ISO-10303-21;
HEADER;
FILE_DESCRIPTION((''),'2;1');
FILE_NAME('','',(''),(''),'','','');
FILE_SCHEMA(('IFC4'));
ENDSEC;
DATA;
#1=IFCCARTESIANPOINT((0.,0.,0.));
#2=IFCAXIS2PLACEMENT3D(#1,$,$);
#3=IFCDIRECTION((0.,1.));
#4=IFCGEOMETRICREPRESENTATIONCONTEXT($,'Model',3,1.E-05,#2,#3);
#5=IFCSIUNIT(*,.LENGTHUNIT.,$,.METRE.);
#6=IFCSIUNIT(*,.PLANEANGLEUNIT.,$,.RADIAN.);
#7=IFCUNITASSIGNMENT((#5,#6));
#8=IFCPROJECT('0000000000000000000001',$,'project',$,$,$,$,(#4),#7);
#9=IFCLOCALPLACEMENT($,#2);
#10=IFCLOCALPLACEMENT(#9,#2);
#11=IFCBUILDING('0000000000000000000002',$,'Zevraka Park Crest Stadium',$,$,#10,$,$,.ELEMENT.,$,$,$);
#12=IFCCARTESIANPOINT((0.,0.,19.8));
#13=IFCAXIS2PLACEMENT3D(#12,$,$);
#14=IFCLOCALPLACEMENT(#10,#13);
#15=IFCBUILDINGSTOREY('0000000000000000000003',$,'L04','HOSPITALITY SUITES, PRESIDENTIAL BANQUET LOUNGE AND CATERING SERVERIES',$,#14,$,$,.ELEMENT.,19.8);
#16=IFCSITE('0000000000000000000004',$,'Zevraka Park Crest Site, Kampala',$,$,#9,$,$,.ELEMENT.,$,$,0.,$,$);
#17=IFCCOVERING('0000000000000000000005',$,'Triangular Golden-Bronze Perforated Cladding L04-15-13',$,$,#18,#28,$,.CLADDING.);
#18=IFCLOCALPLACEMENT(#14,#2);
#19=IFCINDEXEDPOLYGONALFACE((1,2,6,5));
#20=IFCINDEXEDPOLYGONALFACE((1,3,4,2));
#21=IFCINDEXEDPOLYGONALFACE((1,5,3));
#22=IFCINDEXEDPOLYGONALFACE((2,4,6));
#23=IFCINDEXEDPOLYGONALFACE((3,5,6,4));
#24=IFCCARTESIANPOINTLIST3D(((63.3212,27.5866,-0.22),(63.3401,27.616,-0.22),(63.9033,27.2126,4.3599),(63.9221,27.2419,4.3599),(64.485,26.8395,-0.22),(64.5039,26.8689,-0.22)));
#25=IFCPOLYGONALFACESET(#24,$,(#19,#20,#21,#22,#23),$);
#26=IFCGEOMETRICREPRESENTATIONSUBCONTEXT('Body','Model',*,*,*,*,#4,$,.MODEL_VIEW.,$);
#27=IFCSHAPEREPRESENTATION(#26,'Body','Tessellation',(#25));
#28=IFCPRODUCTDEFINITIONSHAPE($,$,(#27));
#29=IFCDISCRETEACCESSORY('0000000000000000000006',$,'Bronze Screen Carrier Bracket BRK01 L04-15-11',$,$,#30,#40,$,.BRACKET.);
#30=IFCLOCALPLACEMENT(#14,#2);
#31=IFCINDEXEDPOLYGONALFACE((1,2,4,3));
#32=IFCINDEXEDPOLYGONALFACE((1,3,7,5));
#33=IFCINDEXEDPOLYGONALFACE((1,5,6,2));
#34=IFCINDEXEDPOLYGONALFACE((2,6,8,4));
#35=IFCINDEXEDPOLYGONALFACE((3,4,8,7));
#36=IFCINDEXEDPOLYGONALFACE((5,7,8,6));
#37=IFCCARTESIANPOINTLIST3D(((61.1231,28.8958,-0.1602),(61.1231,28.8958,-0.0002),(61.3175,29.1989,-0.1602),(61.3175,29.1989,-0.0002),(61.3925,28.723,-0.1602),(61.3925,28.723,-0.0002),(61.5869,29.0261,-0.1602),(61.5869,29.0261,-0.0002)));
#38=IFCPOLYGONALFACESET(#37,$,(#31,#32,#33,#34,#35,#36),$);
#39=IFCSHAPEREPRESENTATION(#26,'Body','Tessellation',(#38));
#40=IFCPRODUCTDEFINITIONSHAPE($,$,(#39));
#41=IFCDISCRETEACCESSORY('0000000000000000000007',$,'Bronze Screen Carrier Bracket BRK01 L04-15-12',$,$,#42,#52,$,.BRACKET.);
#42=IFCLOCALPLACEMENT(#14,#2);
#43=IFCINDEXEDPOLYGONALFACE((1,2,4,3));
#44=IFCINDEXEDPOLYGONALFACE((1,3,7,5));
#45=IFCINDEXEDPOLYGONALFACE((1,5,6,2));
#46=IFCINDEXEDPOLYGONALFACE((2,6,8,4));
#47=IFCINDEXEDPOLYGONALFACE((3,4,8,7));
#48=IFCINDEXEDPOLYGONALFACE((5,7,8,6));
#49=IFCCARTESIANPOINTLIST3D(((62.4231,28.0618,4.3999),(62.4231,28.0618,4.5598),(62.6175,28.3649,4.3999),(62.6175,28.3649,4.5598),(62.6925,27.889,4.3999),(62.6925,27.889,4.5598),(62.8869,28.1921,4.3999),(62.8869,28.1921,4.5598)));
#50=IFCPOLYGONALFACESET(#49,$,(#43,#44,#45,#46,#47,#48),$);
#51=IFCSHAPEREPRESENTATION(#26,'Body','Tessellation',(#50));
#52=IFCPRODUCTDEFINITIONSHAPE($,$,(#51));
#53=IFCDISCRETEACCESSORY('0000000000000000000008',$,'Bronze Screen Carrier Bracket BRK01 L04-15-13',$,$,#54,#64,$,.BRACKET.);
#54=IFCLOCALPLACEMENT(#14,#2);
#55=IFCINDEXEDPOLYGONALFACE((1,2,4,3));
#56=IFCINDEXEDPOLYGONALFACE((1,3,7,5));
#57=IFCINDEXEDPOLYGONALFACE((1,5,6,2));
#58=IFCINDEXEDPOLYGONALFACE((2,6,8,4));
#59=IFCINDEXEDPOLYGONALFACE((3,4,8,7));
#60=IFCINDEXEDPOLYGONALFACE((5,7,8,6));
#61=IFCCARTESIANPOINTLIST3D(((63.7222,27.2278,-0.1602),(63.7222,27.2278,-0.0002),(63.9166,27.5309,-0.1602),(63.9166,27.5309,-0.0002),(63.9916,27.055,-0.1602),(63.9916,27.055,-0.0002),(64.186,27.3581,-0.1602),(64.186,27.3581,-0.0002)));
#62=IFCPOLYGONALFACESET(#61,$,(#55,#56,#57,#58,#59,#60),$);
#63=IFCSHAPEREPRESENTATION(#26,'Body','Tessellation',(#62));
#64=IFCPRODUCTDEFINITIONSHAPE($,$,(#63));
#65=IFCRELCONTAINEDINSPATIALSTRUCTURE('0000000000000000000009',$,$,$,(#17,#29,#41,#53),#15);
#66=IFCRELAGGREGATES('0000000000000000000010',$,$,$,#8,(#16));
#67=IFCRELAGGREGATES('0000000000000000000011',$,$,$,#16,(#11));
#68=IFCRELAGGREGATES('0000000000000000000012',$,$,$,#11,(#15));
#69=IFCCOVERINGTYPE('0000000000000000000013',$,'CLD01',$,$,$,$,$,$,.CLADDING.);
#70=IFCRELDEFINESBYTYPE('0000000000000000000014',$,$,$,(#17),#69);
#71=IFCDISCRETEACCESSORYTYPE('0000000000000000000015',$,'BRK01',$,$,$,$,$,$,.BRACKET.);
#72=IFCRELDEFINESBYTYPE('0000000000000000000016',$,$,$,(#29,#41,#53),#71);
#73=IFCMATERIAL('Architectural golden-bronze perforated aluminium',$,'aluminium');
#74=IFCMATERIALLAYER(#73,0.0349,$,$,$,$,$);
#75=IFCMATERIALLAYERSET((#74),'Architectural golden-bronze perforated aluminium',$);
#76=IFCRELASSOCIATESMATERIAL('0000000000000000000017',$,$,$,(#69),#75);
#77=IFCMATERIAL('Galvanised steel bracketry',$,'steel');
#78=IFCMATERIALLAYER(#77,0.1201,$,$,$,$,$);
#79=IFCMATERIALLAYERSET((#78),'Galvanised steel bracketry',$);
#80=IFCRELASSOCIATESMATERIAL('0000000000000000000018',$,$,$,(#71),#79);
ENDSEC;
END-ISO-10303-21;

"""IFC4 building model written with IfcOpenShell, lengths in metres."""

from ifc_helpers import new_model, si_unit, direction, frame, origin, origin_2d, place, context, subcontext, project, spatial, polyline, rectangle, outline, extrude, material, layer, layer_set, type_object, element, save


model = new_model("IFC4")

# Units and contexts
model_context = context("Model", 3, precision=1e-05, world=origin(), true_north=direction((0.0, 1.0)))
body_context = subcontext(model_context, "Body", "Model", "MODEL_VIEW")
ifc_project = project(units=[si_unit("LENGTHUNIT", "METRE"), si_unit("PLANEANGLEUNIT", "RADIAN")], contexts=[model_context])

# Site, building, storey
site_placement = place(None, origin())
site = spatial("IfcSite", under=ifc_project, at=site_placement, Name="Zevraka Park Crest Site, Kampala", CompositionType="ELEMENT", RefElevation=0.0)
building_placement = place(site_placement, origin())
building = spatial("IfcBuilding", under=site, at=building_placement, Name="Zevraka Park Crest Stadium", CompositionType="ELEMENT")
storey_placement = place(building_placement, frame((0.0, 0.0, 19.8)))
storey = spatial("IfcBuildingStorey", under=building, at=storey_placement, Name="L04", Description="HOSPITALITY SUITES, PRESIDENTIAL BANQUET LOUNGE AND CATERING SERVERIES", CompositionType="ELEMENT", Elevation=19.8)

# Covering
ifc_material_1 = material(Name="Architectural golden-bronze perforated aluminium", Category="aluminium")
ifc_layer_1 = layer(ifc_material_1, 0.0349)
ifc_layer_set_1 = layer_set([ifc_layer_1], Name="Architectural golden-bronze perforated aluminium")
covering_type = type_object("IfcCoveringType", Name="CLD01", PredefinedType="CLADDING", material=ifc_layer_set_1)
covering_1_placement = place(storey_placement, frame((63.3401, 27.616, -0.22), z_axis=(0.540195, 0.84154, 0.000075), x_axis=(0.84154, -0.540195, 0.0)))
element("IfcCovering", 1, at=covering_1_placement, inside=storey, type_object=covering_type, Name="Triangular Golden-Bronze Perforated Cladding L04-15-13", PredefinedType="CLADDING", context=body_context, shape_type="SweptSolid", body=[
    extrude(outline(polyline([(0.0, 0.0), (1.383, 0.0), (0.6918, -4.5798), (0.0, 0.0)])), origin(), (0.0, 0.0, -1.0), 0.0349),
])

# Discrete accessories
ifc_material_2 = material(Name="Galvanised steel bracketry", Category="steel")
ifc_layer_2 = layer(ifc_material_2, 0.1201)
ifc_layer_set_2 = layer_set([ifc_layer_2], Name="Galvanised steel bracketry")
discrete_accessory_type = type_object("IfcDiscreteAccessoryType", Name="BRK01", PredefinedType="BRACKET", material=ifc_layer_set_2)
for number, where, z_axis, x_axis, name in (
    (2, (61.355, 28.9609, -0.1602), (0.0, 0.0, 1.0), (0.841699, -0.539947, 0.0), "Bronze Screen Carrier Bracket BRK01 L04-15-11"),
    (3, (62.655, 28.127, 4.3999), (0.0, 0.0, 1.0), (0.841699, -0.539947, 0.0), "Bronze Screen Carrier Bracket BRK01 L04-15-12"),
    (4, (63.9541, 27.293, -0.1602), (0.0, 0.0, 1.0), (0.841699, -0.539947, 0.0), "Bronze Screen Carrier Bracket BRK01 L04-15-13"),
):
    element("IfcDiscreteAccessory", number, at=place(storey_placement, frame(where, z_axis=z_axis, x_axis=x_axis)), inside=storey, type_object=discrete_accessory_type, Name=name, PredefinedType="BRACKET", context=body_context, shape_type="SweptSolid", body=[
        extrude(rectangle(XDim=0.3201, YDim=0.3601, at=origin_2d()), origin(), (0.0, 0.0, 1.0), 0.1599),
    ])

save(model, "model.ifc")
